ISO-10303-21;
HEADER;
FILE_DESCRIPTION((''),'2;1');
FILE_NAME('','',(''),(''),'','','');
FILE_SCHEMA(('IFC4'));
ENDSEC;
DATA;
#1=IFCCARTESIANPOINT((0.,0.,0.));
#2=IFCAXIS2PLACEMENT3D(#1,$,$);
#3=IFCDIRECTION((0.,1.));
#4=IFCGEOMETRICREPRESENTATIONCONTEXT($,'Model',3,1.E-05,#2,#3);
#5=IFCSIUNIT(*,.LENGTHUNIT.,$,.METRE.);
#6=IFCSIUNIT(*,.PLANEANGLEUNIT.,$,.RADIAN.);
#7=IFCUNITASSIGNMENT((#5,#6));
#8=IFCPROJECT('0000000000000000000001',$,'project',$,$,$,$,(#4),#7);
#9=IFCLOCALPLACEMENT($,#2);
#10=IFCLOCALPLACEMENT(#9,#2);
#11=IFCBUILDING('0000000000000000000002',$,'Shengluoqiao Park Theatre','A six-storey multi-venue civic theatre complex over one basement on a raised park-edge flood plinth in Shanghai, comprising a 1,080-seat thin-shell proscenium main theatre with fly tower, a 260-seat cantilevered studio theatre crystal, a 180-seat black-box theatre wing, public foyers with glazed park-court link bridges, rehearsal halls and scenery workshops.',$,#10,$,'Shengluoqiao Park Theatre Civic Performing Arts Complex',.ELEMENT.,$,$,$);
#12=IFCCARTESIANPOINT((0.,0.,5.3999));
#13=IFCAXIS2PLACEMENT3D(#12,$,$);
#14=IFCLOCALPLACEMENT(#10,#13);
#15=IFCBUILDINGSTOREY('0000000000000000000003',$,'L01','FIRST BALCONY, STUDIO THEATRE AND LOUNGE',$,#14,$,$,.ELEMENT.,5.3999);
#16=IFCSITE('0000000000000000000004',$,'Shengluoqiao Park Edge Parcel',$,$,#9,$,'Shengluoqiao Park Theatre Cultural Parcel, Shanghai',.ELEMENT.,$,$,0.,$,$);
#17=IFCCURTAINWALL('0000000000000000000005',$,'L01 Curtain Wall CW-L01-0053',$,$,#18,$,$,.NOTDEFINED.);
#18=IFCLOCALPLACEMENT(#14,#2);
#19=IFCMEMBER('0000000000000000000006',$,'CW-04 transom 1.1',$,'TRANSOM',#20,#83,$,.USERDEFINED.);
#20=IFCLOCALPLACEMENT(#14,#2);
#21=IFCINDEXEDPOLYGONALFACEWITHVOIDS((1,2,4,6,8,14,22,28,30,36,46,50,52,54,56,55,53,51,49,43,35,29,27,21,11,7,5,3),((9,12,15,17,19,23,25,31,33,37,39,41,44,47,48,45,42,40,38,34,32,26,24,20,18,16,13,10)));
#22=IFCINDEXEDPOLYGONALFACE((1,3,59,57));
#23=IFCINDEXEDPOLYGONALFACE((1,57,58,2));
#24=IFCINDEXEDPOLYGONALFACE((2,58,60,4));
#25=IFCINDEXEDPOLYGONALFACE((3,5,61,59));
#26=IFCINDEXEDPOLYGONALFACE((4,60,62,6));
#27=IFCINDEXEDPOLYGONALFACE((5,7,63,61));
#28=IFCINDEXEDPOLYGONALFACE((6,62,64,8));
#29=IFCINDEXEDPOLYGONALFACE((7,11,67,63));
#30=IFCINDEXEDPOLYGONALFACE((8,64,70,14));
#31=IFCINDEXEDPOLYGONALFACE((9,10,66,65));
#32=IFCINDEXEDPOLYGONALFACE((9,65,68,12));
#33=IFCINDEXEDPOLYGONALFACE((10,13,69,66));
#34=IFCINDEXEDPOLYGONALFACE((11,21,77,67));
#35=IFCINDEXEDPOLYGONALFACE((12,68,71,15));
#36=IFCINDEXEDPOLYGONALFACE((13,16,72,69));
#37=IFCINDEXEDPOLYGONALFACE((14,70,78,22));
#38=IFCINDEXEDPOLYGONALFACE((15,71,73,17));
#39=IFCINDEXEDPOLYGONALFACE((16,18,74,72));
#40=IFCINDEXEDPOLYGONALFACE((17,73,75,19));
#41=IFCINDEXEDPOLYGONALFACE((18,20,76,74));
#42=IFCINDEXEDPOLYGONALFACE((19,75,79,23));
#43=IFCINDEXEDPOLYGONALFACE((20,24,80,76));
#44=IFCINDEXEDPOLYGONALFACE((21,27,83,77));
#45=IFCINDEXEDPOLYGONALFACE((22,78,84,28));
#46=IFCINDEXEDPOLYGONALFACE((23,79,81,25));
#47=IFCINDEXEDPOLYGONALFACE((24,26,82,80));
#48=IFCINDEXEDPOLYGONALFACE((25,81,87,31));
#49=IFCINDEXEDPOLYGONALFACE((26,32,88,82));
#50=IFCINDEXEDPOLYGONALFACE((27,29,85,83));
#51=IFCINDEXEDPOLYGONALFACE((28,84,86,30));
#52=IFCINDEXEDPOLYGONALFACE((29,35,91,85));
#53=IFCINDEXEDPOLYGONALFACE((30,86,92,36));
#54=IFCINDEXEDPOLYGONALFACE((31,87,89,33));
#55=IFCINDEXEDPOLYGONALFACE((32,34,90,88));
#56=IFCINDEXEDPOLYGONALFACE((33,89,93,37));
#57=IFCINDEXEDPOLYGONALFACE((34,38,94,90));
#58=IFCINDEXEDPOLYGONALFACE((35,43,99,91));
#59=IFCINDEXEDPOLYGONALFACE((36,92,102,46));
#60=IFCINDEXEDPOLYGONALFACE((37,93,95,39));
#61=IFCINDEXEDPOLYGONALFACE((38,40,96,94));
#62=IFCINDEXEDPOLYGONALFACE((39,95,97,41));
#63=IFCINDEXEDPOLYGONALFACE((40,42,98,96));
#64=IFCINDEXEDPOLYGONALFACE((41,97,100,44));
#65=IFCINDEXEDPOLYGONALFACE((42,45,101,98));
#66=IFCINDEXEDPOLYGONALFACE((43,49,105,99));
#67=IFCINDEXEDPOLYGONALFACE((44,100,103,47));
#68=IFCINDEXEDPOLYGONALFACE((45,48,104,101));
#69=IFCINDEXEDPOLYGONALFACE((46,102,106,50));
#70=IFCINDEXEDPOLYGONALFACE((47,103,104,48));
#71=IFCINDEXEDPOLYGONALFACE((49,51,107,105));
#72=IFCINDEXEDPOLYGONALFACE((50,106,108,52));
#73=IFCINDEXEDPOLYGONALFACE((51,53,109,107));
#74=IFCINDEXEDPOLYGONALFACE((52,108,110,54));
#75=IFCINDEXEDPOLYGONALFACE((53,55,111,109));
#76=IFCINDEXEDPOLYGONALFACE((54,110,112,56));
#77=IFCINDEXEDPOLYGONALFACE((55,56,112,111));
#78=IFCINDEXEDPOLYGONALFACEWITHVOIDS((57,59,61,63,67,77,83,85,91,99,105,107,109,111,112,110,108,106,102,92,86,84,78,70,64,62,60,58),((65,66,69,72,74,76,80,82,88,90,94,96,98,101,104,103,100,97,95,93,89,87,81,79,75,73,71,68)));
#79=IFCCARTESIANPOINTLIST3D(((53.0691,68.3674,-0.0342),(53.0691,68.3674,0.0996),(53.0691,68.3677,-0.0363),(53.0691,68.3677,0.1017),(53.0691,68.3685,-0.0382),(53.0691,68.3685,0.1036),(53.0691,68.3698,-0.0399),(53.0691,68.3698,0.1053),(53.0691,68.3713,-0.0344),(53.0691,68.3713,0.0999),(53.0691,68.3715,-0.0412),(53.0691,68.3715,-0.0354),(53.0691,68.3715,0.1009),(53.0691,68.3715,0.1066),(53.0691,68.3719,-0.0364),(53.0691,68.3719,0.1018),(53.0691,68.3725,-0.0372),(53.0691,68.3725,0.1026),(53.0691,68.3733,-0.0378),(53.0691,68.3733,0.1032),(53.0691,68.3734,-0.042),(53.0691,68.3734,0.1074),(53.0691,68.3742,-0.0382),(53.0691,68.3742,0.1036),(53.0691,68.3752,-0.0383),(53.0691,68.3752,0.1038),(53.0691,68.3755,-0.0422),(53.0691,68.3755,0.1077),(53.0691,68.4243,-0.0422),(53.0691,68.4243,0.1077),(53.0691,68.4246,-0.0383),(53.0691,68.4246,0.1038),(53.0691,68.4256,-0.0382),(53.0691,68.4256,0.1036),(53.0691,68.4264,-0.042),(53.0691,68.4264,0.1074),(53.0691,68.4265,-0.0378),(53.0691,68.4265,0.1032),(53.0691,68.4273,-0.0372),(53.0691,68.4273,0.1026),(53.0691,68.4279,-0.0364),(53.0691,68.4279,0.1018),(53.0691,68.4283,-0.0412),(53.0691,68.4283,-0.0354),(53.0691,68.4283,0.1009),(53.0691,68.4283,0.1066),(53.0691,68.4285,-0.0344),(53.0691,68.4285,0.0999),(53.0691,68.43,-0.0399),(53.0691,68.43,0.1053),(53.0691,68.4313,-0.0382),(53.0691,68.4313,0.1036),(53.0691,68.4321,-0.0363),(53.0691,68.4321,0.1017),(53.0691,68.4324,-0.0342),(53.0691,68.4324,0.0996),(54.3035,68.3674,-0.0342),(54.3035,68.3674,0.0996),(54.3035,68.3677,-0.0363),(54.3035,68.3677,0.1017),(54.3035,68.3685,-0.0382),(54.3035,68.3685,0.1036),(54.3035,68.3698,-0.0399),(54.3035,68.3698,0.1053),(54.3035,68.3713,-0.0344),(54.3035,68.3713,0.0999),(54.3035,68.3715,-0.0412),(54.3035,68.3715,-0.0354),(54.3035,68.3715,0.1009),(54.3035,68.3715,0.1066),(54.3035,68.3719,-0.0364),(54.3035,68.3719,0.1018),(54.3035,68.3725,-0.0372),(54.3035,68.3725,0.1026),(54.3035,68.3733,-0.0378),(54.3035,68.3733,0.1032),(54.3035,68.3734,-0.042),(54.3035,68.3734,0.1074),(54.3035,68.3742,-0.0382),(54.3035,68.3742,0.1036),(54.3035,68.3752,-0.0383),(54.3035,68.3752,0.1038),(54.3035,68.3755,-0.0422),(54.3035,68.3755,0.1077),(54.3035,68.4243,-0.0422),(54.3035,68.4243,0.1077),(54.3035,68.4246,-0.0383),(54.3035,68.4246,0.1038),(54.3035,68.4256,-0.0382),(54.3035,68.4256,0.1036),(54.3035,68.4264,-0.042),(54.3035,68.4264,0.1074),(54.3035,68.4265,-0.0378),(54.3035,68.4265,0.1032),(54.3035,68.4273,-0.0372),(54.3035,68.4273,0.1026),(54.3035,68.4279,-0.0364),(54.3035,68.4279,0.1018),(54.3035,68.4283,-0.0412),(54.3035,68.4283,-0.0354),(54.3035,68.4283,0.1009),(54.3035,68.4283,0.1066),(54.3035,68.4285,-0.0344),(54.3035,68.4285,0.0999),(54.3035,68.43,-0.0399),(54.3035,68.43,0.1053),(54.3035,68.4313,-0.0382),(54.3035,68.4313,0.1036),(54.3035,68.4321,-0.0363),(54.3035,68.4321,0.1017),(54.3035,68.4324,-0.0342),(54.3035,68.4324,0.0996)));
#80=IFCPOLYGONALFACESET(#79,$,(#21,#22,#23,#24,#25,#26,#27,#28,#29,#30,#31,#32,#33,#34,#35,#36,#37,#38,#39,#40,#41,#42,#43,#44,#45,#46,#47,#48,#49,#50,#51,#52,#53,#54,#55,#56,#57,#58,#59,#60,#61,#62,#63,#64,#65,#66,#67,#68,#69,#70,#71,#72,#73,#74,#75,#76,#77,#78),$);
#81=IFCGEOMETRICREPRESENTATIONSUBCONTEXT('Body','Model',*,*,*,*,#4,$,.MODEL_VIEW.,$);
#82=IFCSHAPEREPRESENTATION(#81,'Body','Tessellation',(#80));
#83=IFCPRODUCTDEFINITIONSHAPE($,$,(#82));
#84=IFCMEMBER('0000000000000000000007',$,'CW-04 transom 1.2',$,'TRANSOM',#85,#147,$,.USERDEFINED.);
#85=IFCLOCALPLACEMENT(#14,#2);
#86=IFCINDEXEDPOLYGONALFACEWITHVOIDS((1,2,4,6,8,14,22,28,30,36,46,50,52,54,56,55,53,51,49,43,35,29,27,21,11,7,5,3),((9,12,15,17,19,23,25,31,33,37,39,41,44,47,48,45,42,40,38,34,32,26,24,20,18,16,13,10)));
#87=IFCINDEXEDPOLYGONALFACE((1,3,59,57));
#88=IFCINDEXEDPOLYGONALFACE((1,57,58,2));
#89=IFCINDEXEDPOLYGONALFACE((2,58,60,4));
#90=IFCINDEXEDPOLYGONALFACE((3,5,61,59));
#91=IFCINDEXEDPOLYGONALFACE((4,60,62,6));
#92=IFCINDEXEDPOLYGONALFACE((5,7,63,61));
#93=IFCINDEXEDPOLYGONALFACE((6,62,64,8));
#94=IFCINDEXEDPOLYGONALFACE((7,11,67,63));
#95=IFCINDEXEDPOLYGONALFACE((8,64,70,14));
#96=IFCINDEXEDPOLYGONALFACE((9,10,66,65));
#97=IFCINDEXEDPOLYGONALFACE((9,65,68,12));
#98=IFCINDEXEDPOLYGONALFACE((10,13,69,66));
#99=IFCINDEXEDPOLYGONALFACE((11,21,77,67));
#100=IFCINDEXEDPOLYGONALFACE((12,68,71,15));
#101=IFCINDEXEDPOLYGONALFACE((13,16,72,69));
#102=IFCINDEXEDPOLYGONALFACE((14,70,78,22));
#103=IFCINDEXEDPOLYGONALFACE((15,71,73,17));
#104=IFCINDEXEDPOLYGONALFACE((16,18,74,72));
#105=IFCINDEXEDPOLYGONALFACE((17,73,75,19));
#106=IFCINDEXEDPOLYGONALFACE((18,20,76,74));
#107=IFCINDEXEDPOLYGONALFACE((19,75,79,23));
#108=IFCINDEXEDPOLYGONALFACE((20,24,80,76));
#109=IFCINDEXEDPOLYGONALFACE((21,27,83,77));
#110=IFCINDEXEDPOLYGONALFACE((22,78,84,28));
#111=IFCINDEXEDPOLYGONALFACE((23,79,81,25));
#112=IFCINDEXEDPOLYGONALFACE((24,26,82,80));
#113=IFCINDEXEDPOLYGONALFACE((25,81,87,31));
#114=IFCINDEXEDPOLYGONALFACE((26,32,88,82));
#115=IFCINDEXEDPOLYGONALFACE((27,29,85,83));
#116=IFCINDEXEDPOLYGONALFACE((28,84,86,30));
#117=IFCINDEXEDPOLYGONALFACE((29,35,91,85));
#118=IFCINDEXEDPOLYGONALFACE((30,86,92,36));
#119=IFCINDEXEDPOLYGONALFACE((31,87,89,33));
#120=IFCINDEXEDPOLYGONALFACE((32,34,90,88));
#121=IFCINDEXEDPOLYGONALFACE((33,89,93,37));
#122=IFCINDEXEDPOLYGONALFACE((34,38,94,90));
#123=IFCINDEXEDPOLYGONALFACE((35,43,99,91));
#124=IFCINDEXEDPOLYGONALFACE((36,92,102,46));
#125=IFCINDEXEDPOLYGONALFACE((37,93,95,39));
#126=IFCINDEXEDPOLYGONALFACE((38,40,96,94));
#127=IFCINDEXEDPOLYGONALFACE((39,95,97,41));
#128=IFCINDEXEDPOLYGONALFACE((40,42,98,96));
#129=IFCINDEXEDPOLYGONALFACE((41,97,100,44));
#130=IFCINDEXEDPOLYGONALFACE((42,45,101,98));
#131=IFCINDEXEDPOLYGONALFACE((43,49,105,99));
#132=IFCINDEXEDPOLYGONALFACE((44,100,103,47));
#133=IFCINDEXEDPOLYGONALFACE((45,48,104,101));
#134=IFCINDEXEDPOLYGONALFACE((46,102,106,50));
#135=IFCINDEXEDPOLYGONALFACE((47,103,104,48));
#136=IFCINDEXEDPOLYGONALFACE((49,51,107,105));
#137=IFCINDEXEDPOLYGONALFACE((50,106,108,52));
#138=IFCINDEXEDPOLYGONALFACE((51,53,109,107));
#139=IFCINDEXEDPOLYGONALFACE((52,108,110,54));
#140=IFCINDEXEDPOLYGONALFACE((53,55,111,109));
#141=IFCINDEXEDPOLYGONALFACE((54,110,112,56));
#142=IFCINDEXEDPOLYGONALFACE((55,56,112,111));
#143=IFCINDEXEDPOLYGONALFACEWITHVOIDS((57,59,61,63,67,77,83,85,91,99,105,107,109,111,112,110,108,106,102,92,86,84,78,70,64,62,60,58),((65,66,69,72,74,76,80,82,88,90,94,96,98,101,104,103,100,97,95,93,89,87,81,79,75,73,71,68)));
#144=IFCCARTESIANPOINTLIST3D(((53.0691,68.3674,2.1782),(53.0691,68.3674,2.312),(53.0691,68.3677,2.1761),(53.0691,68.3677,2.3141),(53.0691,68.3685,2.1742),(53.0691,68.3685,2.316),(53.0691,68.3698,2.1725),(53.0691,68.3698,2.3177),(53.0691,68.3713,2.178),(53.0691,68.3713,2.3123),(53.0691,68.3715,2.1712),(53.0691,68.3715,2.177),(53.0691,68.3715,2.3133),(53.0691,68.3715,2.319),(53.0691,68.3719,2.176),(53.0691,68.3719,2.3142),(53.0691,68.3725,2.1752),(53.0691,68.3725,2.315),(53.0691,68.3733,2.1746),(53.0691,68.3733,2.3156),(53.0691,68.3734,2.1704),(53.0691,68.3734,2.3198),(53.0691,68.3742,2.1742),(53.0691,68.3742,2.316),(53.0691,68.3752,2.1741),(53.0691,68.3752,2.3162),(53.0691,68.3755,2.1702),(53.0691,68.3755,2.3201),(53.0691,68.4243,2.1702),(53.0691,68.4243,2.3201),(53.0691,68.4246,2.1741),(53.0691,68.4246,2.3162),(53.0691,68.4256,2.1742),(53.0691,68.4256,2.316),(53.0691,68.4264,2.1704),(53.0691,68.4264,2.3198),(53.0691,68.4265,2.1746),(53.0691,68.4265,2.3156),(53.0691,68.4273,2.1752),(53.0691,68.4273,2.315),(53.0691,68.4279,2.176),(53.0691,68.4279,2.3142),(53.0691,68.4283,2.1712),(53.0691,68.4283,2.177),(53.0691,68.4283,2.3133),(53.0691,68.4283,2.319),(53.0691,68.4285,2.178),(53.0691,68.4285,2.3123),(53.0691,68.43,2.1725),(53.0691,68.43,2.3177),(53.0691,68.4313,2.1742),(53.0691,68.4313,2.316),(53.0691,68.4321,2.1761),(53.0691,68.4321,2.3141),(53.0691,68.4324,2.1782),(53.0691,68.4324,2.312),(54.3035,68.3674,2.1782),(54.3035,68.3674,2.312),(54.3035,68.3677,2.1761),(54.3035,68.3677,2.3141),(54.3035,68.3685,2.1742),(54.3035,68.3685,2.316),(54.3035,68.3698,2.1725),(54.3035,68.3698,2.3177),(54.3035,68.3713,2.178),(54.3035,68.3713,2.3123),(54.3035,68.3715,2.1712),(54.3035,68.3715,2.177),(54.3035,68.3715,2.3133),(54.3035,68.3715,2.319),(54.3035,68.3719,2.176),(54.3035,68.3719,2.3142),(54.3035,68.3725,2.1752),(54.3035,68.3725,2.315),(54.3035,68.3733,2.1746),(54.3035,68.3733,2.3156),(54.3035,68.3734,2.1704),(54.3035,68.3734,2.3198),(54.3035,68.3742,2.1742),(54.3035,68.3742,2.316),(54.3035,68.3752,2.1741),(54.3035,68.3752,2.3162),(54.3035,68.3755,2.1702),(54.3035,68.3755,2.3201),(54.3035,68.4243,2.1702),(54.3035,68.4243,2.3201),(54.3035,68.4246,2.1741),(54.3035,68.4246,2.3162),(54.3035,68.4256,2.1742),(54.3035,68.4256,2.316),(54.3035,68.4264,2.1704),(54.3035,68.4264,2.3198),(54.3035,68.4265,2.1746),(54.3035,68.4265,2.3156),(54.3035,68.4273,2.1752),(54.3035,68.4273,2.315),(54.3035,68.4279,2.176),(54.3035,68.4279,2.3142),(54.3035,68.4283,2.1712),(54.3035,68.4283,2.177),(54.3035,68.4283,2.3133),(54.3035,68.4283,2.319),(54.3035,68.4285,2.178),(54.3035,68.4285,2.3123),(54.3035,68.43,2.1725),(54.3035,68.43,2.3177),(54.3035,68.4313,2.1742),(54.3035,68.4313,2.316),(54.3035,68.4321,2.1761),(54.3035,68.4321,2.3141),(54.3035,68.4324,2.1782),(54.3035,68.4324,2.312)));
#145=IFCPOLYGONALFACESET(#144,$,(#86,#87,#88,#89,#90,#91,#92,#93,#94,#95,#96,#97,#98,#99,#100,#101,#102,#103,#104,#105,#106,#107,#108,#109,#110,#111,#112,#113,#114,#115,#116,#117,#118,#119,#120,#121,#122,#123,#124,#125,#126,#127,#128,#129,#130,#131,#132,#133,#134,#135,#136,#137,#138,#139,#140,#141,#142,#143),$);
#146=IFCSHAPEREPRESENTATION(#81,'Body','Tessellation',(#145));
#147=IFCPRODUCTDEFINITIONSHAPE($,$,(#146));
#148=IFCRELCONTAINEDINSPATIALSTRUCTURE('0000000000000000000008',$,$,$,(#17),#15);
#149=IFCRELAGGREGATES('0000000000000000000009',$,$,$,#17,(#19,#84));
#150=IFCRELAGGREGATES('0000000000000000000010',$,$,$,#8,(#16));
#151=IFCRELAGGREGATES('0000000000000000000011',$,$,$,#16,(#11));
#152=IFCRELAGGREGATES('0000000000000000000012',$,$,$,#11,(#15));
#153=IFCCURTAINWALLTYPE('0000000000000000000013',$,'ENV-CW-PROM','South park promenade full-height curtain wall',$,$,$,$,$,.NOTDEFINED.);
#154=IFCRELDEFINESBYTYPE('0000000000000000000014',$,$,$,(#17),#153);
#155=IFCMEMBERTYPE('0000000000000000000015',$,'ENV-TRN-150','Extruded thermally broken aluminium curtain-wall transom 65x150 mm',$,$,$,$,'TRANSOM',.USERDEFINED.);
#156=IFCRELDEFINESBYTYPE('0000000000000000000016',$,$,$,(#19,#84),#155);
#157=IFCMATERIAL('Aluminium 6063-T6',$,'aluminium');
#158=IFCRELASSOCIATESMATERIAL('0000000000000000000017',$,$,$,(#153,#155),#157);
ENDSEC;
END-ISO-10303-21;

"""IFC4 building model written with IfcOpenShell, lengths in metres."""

from ifc_helpers import new_model, si_unit, direction, frame, origin, origin_2d, place, context, subcontext, project, spatial, hollow_rectangle, extrude, material, material_profile, profile_set, type_object, element, aggregate, save


model = new_model("IFC4")

# Units and contexts
model_context = context("Model", 3, precision=1e-05, world=origin(), true_north=direction((0.0, 1.0)))
body_context = subcontext(model_context, "Body", "Model", "MODEL_VIEW")
ifc_project = project(units=[si_unit("LENGTHUNIT", "METRE"), si_unit("PLANEANGLEUNIT", "RADIAN")], contexts=[model_context])

# Site, building, storey
site_placement = place(None, origin())
site = spatial("IfcSite", under=ifc_project, at=site_placement, Name="Shengluoqiao Park Edge Parcel", LongName="Shengluoqiao Park Theatre Cultural Parcel, Shanghai", CompositionType="ELEMENT", RefElevation=0.0)
building_placement = place(site_placement, origin())
building = spatial("IfcBuilding", under=site, at=building_placement, Name="Shengluoqiao Park Theatre", Description="A six-storey multi-venue civic theatre complex over one basement on a raised park-edge flood plinth in Shanghai, comprising a 1,080-seat thin-shell proscenium main theatre with fly tower, a 260-seat cantilevered studio theatre crystal, a 180-seat black-box theatre wing, public foyers with glazed park-court link bridges, rehearsal halls and scenery workshops.", LongName="Shengluoqiao Park Theatre Civic Performing Arts Complex", CompositionType="ELEMENT")
storey_placement = place(building_placement, frame((0.0, 0.0, 5.3999)))
storey = spatial("IfcBuildingStorey", under=building, at=storey_placement, Name="L01", Description="FIRST BALCONY, STUDIO THEATRE AND LOUNGE", CompositionType="ELEMENT", Elevation=5.3999)

# Shared definitions
ifc_material_1 = material(Name="Aluminium 6063-T6", Category="aluminium")
curtain_wall_type = type_object("IfcCurtainWallType", Name="ENV-CW-PROM", Description="South park promenade full-height curtain wall", PredefinedType="NOTDEFINED", material=ifc_material_1)

# Curtain wall
curtain_wall_1_placement = place(storey_placement, origin())
curtain_wall_1 = element("IfcCurtainWall", 1, at=curtain_wall_1_placement, inside=storey, type_object=curtain_wall_type, Name="L01 Curtain Wall CW-L01-0053", PredefinedType="NOTDEFINED")

# Members
ifc_material_profile_1 = material_profile(ifc_material_1, hollow_rectangle(XDim=0.0649, YDim=0.1499, WallThickness=0.0039, InnerFilletRadius=0.0039, OuterFilletRadius=0.0081, at=origin_2d()), Name="ALU TRANSOM 150x65x4")
ifc_profile_set_1 = profile_set([ifc_material_profile_1], Name="Aluminium 6063-T6")
member_type_1 = type_object("IfcMemberType", Name="ENV-TRN-150", Description="Extruded thermally broken aluminium curtain-wall transom 65x150 mm", ElementType="TRANSOM", PredefinedType="USERDEFINED", material=ifc_profile_set_1)
member_1_placement = place(storey_placement, frame((53.0691, 68.3999, 0.0327), z_axis=(1.0, 0.0, 0.0), x_axis=(0.0, 1.0, 0.0)))
member_1 = element("IfcMember", 2, at=member_1_placement, type_object=member_type_1, Name="CW-04 transom 1.1", ObjectType="TRANSOM", PredefinedType="USERDEFINED", context=body_context, shape_type="SweptSolid", body=[
    extrude(hollow_rectangle(XDim=0.0649, YDim=0.1499, WallThickness=0.0039, InnerFilletRadius=0.0039, OuterFilletRadius=0.0081, at=origin_2d()), origin(), (0.0, 0.0, 1.0), 1.2344),
])
member_2_placement = place(storey_placement, frame((53.0691, 68.3999, 2.2451), z_axis=(1.0, 0.0, 0.0), x_axis=(0.0, 1.0, 0.0)))
member_2 = element("IfcMember", 3, at=member_2_placement, type_object=member_type_1, Name="CW-04 transom 1.2", ObjectType="TRANSOM", PredefinedType="USERDEFINED", context=body_context, shape_type="SweptSolid", body=[
    extrude(hollow_rectangle(XDim=0.0649, YDim=0.1499, WallThickness=0.0039, InnerFilletRadius=0.0039, OuterFilletRadius=0.0081, at=origin_2d()), origin(), (0.0, 0.0, 1.0), 1.2344),
])

aggregate(curtain_wall_1, [member_1, member_2])

save(model, "model.ifc")
